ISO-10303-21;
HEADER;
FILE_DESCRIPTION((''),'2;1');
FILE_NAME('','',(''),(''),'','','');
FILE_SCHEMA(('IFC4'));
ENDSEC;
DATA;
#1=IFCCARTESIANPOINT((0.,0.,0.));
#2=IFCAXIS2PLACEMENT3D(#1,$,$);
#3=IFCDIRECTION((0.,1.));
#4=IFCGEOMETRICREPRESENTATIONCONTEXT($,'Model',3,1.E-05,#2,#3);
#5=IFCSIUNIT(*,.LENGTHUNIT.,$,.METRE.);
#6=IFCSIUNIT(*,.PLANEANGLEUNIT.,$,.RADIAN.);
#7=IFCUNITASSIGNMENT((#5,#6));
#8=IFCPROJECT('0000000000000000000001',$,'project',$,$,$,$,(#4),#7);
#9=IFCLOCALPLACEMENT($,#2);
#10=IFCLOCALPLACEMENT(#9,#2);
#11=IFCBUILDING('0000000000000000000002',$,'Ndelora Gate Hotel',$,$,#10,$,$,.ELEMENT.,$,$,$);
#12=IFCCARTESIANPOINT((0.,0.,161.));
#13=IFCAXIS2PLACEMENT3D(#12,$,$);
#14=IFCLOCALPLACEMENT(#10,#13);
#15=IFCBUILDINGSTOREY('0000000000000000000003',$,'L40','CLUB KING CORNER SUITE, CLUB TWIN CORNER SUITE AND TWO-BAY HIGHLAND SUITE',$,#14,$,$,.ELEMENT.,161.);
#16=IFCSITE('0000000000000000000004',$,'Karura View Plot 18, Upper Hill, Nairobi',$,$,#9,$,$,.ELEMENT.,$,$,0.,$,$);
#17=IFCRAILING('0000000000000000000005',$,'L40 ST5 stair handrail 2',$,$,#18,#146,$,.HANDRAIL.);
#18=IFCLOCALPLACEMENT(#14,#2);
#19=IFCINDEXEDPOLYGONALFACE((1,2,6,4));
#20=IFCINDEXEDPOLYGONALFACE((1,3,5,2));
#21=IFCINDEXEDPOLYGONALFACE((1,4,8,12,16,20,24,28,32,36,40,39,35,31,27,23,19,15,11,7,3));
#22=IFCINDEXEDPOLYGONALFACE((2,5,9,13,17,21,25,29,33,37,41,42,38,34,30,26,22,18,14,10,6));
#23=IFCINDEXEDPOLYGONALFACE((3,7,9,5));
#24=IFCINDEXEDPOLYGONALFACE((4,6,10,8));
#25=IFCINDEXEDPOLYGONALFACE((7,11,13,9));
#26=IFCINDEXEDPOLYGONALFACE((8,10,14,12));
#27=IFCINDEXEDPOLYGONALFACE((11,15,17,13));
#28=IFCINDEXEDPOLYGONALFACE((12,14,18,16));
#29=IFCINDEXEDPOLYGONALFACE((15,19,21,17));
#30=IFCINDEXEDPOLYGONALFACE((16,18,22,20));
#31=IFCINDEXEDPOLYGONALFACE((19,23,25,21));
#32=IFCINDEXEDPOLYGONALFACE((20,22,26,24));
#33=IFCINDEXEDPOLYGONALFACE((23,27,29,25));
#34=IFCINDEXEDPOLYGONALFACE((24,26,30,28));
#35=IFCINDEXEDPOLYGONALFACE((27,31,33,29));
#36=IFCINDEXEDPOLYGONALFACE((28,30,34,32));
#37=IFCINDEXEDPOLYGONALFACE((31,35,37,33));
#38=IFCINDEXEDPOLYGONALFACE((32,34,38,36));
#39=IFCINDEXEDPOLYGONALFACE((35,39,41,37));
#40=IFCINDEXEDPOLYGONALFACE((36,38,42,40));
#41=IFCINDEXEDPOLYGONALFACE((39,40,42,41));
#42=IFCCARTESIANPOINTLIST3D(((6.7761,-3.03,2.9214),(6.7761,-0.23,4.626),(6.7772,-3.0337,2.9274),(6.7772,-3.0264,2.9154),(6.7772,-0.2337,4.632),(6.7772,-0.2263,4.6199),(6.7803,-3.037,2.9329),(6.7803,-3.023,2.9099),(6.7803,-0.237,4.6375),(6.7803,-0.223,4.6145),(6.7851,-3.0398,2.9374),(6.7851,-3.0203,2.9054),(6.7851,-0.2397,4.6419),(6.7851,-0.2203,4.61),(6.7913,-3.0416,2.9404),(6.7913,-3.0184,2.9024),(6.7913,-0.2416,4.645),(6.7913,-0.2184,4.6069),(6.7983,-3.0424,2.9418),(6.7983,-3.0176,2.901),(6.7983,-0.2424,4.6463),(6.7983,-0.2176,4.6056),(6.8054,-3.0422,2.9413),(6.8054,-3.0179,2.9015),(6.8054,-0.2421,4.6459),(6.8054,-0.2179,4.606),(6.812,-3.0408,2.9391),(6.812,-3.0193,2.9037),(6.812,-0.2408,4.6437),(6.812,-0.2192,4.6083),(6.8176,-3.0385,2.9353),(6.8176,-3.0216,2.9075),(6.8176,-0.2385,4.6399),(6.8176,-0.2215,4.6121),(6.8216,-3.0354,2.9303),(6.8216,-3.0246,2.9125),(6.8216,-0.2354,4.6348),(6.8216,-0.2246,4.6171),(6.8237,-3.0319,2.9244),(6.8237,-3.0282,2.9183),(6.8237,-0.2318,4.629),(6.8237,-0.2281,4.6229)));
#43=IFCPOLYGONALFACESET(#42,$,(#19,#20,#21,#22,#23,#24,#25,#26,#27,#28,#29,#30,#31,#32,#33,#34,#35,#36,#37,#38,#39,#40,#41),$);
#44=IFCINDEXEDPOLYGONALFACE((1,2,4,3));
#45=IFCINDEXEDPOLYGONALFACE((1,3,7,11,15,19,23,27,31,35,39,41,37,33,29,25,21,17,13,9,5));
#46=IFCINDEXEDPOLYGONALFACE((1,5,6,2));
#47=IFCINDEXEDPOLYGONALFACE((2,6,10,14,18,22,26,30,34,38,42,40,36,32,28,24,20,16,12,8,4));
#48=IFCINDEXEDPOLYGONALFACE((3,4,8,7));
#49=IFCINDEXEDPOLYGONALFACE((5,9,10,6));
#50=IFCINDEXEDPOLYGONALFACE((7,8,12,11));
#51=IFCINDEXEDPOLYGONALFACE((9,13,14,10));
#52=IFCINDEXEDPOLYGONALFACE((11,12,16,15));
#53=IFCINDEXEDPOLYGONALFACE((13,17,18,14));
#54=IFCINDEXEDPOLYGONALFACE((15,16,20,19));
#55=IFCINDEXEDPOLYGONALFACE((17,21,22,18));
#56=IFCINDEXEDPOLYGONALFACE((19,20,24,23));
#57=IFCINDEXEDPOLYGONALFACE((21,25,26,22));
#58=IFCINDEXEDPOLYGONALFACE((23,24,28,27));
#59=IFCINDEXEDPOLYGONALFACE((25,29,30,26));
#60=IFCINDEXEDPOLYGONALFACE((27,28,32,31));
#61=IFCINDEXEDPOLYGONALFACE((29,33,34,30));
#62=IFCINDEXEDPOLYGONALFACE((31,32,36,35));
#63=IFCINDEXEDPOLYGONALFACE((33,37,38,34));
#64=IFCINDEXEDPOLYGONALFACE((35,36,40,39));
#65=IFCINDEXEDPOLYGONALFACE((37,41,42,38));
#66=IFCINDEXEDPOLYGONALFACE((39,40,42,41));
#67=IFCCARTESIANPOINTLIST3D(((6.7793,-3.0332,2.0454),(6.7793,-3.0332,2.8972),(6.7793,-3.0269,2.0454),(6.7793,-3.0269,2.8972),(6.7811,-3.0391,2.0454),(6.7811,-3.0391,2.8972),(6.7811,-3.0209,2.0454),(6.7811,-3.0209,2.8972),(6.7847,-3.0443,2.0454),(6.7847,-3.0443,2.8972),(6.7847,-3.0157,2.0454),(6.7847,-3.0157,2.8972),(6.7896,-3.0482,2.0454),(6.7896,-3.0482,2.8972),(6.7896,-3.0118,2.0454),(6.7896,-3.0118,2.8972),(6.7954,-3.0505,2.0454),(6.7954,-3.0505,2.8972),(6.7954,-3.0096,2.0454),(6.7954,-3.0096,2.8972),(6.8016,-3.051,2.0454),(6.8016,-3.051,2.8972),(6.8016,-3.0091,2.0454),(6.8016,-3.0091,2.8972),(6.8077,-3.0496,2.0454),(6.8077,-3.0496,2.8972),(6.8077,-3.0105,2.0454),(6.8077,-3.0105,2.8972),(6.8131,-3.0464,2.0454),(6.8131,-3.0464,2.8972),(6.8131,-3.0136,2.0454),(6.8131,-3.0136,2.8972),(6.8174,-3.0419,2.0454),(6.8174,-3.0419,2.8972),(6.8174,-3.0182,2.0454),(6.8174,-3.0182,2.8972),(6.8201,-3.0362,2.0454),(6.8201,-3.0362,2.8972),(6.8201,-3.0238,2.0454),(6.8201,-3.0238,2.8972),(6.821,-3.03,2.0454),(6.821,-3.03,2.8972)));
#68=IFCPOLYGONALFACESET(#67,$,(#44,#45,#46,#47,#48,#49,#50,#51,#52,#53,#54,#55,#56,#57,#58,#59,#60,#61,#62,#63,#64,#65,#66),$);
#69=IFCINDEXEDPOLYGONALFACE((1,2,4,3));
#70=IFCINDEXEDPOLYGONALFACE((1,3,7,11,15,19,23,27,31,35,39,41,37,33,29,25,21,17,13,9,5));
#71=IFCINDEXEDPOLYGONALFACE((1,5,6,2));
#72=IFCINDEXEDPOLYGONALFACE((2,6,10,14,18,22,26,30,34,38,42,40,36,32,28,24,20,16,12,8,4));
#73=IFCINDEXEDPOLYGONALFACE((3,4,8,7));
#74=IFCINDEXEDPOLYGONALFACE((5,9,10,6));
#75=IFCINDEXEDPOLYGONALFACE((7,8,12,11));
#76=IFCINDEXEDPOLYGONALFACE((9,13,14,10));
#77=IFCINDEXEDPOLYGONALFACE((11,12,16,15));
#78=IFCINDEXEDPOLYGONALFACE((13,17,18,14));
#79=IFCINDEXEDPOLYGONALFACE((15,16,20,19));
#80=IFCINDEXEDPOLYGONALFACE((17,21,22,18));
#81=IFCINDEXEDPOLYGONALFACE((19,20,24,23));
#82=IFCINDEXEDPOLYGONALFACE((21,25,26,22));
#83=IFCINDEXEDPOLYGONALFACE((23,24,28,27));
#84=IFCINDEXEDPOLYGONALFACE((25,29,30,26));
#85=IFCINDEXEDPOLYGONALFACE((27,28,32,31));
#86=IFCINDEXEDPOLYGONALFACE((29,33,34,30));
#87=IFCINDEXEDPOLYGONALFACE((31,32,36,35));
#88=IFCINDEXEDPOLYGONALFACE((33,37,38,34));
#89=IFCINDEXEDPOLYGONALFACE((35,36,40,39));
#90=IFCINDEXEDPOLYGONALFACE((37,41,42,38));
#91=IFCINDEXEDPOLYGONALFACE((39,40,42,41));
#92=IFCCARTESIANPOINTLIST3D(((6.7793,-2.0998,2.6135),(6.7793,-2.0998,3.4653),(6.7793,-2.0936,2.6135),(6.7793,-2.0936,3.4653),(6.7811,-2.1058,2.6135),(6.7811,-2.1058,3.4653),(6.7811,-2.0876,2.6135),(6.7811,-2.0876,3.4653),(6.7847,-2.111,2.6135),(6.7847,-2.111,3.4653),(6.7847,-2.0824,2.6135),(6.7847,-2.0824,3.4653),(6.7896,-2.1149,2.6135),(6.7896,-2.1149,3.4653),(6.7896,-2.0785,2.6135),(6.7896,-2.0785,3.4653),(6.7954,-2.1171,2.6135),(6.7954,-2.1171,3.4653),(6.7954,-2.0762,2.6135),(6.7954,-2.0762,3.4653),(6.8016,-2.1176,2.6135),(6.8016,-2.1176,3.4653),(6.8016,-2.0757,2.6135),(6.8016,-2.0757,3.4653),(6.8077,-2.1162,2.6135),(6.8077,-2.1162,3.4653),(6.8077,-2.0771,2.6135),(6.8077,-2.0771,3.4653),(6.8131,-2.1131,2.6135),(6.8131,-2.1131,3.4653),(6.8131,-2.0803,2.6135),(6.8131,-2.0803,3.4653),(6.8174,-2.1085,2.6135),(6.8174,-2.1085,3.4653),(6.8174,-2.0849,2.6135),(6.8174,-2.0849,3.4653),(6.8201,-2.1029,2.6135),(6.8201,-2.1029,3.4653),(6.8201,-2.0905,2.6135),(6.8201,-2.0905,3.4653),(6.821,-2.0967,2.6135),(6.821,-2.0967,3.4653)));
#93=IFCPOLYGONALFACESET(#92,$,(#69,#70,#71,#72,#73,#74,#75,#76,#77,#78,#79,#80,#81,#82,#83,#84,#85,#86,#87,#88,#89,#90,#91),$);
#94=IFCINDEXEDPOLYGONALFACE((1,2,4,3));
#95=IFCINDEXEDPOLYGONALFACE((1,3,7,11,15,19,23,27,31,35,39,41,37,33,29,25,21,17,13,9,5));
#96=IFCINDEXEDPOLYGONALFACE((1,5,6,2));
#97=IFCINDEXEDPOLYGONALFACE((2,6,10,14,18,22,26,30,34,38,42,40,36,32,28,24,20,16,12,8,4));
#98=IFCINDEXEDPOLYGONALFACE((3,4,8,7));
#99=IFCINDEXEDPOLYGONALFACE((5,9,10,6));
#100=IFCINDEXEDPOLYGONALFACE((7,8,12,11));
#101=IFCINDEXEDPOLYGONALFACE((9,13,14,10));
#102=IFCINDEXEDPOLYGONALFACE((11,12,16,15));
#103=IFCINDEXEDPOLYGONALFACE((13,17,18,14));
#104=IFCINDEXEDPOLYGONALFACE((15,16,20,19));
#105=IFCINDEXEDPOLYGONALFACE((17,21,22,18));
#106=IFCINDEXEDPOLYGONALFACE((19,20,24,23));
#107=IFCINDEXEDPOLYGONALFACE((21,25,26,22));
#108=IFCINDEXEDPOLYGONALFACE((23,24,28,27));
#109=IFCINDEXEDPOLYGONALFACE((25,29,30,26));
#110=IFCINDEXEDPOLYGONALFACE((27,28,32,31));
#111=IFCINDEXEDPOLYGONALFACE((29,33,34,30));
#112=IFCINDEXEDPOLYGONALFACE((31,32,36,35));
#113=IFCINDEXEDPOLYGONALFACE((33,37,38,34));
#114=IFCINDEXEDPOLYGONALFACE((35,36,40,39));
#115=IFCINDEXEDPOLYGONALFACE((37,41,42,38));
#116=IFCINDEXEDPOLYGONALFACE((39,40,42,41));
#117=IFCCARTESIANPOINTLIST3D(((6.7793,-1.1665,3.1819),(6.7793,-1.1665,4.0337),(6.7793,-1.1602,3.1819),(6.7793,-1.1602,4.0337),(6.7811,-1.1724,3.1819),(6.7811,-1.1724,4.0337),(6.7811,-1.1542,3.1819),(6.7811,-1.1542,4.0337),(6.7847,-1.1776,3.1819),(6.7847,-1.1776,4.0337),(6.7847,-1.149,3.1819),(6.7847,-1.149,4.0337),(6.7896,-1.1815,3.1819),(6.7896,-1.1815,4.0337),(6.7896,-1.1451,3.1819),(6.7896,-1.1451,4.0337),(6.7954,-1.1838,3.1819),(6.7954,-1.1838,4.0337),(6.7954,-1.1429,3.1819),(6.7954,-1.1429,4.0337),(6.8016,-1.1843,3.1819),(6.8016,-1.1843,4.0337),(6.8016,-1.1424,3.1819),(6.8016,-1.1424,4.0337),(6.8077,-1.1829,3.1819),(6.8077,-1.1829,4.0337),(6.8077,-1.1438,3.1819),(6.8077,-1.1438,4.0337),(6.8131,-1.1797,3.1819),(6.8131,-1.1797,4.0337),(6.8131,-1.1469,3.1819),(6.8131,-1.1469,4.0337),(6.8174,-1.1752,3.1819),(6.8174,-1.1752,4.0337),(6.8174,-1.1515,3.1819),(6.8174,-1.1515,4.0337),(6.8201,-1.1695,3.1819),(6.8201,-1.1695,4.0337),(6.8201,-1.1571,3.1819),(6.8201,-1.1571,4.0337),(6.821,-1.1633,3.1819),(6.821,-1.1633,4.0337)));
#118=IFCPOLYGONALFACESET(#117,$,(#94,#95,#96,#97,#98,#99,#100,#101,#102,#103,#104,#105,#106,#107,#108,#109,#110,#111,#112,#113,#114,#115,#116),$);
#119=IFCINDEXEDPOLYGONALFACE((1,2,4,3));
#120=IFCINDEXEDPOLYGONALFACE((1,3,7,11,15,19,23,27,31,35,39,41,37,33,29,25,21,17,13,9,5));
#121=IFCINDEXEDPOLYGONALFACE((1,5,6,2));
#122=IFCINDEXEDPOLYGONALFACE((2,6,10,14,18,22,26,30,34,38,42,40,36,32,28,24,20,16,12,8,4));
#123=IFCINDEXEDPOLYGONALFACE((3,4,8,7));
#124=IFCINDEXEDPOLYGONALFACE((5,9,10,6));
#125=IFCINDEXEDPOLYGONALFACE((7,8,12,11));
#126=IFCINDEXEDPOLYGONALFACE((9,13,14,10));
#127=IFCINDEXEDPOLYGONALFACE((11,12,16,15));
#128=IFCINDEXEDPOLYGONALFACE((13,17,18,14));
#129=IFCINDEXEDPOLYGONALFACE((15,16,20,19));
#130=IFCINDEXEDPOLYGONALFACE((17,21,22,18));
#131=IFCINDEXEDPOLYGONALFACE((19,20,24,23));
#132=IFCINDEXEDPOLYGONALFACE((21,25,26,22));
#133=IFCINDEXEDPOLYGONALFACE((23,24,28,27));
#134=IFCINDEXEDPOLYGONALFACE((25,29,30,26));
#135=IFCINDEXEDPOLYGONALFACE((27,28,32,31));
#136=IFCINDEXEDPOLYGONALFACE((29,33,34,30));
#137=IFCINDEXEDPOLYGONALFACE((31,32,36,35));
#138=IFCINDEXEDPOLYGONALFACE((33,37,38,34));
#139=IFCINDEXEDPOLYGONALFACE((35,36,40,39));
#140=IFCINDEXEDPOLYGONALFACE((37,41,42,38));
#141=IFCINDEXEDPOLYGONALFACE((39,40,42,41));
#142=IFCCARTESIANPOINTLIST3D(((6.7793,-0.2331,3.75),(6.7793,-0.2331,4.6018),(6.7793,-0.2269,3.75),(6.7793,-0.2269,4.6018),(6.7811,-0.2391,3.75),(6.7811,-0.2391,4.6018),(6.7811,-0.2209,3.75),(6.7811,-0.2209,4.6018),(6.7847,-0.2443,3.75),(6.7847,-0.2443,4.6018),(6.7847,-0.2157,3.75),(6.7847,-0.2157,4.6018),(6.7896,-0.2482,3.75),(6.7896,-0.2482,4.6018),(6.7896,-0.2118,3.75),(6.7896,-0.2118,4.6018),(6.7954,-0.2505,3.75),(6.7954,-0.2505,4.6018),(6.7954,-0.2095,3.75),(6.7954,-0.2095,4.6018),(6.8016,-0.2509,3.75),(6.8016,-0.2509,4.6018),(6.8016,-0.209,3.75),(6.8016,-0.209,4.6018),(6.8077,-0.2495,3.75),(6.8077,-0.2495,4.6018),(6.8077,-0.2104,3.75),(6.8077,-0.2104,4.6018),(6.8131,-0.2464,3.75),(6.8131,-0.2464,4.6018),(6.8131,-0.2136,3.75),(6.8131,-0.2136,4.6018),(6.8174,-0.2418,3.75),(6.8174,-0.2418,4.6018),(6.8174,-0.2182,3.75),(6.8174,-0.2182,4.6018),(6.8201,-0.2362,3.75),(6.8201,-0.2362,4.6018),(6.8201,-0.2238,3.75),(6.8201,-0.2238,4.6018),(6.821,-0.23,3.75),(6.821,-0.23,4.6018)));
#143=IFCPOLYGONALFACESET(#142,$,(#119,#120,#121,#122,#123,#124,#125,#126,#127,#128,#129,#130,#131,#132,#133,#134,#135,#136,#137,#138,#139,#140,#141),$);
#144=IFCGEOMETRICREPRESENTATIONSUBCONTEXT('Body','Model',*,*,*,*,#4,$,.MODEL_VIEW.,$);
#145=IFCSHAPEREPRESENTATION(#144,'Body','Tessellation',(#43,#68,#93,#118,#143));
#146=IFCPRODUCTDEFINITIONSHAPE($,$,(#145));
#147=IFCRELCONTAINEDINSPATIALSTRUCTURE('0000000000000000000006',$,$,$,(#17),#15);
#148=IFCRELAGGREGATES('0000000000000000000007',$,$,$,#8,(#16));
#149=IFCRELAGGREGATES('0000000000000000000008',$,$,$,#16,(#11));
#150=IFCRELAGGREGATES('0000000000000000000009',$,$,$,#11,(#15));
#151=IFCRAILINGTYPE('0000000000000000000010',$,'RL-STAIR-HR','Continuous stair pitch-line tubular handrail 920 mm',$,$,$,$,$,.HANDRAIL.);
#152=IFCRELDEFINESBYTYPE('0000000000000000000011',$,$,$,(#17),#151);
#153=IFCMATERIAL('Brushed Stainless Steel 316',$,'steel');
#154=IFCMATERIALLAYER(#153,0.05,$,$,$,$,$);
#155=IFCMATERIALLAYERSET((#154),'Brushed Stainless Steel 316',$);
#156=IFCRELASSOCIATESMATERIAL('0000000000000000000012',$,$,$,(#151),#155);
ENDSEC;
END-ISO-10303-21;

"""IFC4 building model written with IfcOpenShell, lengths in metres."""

from ifc_helpers import new_model, si_unit, direction, frame, origin, origin_2d, place, context, subcontext, project, spatial, circle, extrude, material, layer, layer_set, type_object, element, save


model = new_model("IFC4")

# Units and contexts
model_context = context("Model", 3, precision=1e-05, world=origin(), true_north=direction((0.0, 1.0)))
body_context = subcontext(model_context, "Body", "Model", "MODEL_VIEW")
ifc_project = project(units=[si_unit("LENGTHUNIT", "METRE"), si_unit("PLANEANGLEUNIT", "RADIAN")], contexts=[model_context])

# Site, building, storey
site_placement = place(None, origin())
site = spatial("IfcSite", under=ifc_project, at=site_placement, Name="Karura View Plot 18, Upper Hill, Nairobi", CompositionType="ELEMENT", RefElevation=0.0)
building_placement = place(site_placement, origin())
building = spatial("IfcBuilding", under=site, at=building_placement, Name="Ndelora Gate Hotel", CompositionType="ELEMENT")
storey_placement = place(building_placement, frame((0.0, 0.0, 161.0)))
storey = spatial("IfcBuildingStorey", under=building, at=storey_placement, Name="L40", Description="CLUB KING CORNER SUITE, CLUB TWIN CORNER SUITE AND TWO-BAY HIGHLAND SUITE", CompositionType="ELEMENT", Elevation=161.0)

# Railing
ifc_material_1 = material(Name="Brushed Stainless Steel 316", Category="steel")
ifc_layer_1 = layer(ifc_material_1, 0.05)
ifc_layer_set_1 = layer_set([ifc_layer_1], Name="Brushed Stainless Steel 316")
railing_type_1 = type_object("IfcRailingType", Name="RL-STAIR-HR", Description="Continuous stair pitch-line tubular handrail 920 mm", PredefinedType="HANDRAIL", material=ifc_layer_set_1)
railing_1_placement = place(storey_placement, frame((6.8, -3.03, 2.0454)))
element("IfcRailing", 1, at=railing_1_placement, inside=storey, type_object=railing_type_1, Name="L40 ST5 stair handrail 2", PredefinedType="HANDRAIL", context=body_context, shape_type="SweptSolid", body=[
    extrude(circle(Radius=0.0239, at=origin_2d()), frame((0.0, 0.0, 0.876), z_axis=(0.0, 0.85417, 0.519994), x_axis=(-1.0, 0.0, 0.0)), (0.0, 0.0, 1.0), 3.2781),
    extrude(circle(Radius=0.021, at=origin_2d()), origin(), (0.0, 0.0, 1.0), 0.8518),
    extrude(circle(Radius=0.021, at=origin_2d()), frame((0.0, 0.9333, 0.5681)), (0.0, 0.0, 1.0), 0.8518),
    extrude(circle(Radius=0.021, at=origin_2d()), frame((0.0, 1.8667, 1.1365)), (0.0, 0.0, 1.0), 0.8518),
    extrude(circle(Radius=0.021, at=origin_2d()), frame((0.0, 2.8, 1.7046)), (0.0, 0.0, 1.0), 0.8518),
])

save(model, "model.ifc")
